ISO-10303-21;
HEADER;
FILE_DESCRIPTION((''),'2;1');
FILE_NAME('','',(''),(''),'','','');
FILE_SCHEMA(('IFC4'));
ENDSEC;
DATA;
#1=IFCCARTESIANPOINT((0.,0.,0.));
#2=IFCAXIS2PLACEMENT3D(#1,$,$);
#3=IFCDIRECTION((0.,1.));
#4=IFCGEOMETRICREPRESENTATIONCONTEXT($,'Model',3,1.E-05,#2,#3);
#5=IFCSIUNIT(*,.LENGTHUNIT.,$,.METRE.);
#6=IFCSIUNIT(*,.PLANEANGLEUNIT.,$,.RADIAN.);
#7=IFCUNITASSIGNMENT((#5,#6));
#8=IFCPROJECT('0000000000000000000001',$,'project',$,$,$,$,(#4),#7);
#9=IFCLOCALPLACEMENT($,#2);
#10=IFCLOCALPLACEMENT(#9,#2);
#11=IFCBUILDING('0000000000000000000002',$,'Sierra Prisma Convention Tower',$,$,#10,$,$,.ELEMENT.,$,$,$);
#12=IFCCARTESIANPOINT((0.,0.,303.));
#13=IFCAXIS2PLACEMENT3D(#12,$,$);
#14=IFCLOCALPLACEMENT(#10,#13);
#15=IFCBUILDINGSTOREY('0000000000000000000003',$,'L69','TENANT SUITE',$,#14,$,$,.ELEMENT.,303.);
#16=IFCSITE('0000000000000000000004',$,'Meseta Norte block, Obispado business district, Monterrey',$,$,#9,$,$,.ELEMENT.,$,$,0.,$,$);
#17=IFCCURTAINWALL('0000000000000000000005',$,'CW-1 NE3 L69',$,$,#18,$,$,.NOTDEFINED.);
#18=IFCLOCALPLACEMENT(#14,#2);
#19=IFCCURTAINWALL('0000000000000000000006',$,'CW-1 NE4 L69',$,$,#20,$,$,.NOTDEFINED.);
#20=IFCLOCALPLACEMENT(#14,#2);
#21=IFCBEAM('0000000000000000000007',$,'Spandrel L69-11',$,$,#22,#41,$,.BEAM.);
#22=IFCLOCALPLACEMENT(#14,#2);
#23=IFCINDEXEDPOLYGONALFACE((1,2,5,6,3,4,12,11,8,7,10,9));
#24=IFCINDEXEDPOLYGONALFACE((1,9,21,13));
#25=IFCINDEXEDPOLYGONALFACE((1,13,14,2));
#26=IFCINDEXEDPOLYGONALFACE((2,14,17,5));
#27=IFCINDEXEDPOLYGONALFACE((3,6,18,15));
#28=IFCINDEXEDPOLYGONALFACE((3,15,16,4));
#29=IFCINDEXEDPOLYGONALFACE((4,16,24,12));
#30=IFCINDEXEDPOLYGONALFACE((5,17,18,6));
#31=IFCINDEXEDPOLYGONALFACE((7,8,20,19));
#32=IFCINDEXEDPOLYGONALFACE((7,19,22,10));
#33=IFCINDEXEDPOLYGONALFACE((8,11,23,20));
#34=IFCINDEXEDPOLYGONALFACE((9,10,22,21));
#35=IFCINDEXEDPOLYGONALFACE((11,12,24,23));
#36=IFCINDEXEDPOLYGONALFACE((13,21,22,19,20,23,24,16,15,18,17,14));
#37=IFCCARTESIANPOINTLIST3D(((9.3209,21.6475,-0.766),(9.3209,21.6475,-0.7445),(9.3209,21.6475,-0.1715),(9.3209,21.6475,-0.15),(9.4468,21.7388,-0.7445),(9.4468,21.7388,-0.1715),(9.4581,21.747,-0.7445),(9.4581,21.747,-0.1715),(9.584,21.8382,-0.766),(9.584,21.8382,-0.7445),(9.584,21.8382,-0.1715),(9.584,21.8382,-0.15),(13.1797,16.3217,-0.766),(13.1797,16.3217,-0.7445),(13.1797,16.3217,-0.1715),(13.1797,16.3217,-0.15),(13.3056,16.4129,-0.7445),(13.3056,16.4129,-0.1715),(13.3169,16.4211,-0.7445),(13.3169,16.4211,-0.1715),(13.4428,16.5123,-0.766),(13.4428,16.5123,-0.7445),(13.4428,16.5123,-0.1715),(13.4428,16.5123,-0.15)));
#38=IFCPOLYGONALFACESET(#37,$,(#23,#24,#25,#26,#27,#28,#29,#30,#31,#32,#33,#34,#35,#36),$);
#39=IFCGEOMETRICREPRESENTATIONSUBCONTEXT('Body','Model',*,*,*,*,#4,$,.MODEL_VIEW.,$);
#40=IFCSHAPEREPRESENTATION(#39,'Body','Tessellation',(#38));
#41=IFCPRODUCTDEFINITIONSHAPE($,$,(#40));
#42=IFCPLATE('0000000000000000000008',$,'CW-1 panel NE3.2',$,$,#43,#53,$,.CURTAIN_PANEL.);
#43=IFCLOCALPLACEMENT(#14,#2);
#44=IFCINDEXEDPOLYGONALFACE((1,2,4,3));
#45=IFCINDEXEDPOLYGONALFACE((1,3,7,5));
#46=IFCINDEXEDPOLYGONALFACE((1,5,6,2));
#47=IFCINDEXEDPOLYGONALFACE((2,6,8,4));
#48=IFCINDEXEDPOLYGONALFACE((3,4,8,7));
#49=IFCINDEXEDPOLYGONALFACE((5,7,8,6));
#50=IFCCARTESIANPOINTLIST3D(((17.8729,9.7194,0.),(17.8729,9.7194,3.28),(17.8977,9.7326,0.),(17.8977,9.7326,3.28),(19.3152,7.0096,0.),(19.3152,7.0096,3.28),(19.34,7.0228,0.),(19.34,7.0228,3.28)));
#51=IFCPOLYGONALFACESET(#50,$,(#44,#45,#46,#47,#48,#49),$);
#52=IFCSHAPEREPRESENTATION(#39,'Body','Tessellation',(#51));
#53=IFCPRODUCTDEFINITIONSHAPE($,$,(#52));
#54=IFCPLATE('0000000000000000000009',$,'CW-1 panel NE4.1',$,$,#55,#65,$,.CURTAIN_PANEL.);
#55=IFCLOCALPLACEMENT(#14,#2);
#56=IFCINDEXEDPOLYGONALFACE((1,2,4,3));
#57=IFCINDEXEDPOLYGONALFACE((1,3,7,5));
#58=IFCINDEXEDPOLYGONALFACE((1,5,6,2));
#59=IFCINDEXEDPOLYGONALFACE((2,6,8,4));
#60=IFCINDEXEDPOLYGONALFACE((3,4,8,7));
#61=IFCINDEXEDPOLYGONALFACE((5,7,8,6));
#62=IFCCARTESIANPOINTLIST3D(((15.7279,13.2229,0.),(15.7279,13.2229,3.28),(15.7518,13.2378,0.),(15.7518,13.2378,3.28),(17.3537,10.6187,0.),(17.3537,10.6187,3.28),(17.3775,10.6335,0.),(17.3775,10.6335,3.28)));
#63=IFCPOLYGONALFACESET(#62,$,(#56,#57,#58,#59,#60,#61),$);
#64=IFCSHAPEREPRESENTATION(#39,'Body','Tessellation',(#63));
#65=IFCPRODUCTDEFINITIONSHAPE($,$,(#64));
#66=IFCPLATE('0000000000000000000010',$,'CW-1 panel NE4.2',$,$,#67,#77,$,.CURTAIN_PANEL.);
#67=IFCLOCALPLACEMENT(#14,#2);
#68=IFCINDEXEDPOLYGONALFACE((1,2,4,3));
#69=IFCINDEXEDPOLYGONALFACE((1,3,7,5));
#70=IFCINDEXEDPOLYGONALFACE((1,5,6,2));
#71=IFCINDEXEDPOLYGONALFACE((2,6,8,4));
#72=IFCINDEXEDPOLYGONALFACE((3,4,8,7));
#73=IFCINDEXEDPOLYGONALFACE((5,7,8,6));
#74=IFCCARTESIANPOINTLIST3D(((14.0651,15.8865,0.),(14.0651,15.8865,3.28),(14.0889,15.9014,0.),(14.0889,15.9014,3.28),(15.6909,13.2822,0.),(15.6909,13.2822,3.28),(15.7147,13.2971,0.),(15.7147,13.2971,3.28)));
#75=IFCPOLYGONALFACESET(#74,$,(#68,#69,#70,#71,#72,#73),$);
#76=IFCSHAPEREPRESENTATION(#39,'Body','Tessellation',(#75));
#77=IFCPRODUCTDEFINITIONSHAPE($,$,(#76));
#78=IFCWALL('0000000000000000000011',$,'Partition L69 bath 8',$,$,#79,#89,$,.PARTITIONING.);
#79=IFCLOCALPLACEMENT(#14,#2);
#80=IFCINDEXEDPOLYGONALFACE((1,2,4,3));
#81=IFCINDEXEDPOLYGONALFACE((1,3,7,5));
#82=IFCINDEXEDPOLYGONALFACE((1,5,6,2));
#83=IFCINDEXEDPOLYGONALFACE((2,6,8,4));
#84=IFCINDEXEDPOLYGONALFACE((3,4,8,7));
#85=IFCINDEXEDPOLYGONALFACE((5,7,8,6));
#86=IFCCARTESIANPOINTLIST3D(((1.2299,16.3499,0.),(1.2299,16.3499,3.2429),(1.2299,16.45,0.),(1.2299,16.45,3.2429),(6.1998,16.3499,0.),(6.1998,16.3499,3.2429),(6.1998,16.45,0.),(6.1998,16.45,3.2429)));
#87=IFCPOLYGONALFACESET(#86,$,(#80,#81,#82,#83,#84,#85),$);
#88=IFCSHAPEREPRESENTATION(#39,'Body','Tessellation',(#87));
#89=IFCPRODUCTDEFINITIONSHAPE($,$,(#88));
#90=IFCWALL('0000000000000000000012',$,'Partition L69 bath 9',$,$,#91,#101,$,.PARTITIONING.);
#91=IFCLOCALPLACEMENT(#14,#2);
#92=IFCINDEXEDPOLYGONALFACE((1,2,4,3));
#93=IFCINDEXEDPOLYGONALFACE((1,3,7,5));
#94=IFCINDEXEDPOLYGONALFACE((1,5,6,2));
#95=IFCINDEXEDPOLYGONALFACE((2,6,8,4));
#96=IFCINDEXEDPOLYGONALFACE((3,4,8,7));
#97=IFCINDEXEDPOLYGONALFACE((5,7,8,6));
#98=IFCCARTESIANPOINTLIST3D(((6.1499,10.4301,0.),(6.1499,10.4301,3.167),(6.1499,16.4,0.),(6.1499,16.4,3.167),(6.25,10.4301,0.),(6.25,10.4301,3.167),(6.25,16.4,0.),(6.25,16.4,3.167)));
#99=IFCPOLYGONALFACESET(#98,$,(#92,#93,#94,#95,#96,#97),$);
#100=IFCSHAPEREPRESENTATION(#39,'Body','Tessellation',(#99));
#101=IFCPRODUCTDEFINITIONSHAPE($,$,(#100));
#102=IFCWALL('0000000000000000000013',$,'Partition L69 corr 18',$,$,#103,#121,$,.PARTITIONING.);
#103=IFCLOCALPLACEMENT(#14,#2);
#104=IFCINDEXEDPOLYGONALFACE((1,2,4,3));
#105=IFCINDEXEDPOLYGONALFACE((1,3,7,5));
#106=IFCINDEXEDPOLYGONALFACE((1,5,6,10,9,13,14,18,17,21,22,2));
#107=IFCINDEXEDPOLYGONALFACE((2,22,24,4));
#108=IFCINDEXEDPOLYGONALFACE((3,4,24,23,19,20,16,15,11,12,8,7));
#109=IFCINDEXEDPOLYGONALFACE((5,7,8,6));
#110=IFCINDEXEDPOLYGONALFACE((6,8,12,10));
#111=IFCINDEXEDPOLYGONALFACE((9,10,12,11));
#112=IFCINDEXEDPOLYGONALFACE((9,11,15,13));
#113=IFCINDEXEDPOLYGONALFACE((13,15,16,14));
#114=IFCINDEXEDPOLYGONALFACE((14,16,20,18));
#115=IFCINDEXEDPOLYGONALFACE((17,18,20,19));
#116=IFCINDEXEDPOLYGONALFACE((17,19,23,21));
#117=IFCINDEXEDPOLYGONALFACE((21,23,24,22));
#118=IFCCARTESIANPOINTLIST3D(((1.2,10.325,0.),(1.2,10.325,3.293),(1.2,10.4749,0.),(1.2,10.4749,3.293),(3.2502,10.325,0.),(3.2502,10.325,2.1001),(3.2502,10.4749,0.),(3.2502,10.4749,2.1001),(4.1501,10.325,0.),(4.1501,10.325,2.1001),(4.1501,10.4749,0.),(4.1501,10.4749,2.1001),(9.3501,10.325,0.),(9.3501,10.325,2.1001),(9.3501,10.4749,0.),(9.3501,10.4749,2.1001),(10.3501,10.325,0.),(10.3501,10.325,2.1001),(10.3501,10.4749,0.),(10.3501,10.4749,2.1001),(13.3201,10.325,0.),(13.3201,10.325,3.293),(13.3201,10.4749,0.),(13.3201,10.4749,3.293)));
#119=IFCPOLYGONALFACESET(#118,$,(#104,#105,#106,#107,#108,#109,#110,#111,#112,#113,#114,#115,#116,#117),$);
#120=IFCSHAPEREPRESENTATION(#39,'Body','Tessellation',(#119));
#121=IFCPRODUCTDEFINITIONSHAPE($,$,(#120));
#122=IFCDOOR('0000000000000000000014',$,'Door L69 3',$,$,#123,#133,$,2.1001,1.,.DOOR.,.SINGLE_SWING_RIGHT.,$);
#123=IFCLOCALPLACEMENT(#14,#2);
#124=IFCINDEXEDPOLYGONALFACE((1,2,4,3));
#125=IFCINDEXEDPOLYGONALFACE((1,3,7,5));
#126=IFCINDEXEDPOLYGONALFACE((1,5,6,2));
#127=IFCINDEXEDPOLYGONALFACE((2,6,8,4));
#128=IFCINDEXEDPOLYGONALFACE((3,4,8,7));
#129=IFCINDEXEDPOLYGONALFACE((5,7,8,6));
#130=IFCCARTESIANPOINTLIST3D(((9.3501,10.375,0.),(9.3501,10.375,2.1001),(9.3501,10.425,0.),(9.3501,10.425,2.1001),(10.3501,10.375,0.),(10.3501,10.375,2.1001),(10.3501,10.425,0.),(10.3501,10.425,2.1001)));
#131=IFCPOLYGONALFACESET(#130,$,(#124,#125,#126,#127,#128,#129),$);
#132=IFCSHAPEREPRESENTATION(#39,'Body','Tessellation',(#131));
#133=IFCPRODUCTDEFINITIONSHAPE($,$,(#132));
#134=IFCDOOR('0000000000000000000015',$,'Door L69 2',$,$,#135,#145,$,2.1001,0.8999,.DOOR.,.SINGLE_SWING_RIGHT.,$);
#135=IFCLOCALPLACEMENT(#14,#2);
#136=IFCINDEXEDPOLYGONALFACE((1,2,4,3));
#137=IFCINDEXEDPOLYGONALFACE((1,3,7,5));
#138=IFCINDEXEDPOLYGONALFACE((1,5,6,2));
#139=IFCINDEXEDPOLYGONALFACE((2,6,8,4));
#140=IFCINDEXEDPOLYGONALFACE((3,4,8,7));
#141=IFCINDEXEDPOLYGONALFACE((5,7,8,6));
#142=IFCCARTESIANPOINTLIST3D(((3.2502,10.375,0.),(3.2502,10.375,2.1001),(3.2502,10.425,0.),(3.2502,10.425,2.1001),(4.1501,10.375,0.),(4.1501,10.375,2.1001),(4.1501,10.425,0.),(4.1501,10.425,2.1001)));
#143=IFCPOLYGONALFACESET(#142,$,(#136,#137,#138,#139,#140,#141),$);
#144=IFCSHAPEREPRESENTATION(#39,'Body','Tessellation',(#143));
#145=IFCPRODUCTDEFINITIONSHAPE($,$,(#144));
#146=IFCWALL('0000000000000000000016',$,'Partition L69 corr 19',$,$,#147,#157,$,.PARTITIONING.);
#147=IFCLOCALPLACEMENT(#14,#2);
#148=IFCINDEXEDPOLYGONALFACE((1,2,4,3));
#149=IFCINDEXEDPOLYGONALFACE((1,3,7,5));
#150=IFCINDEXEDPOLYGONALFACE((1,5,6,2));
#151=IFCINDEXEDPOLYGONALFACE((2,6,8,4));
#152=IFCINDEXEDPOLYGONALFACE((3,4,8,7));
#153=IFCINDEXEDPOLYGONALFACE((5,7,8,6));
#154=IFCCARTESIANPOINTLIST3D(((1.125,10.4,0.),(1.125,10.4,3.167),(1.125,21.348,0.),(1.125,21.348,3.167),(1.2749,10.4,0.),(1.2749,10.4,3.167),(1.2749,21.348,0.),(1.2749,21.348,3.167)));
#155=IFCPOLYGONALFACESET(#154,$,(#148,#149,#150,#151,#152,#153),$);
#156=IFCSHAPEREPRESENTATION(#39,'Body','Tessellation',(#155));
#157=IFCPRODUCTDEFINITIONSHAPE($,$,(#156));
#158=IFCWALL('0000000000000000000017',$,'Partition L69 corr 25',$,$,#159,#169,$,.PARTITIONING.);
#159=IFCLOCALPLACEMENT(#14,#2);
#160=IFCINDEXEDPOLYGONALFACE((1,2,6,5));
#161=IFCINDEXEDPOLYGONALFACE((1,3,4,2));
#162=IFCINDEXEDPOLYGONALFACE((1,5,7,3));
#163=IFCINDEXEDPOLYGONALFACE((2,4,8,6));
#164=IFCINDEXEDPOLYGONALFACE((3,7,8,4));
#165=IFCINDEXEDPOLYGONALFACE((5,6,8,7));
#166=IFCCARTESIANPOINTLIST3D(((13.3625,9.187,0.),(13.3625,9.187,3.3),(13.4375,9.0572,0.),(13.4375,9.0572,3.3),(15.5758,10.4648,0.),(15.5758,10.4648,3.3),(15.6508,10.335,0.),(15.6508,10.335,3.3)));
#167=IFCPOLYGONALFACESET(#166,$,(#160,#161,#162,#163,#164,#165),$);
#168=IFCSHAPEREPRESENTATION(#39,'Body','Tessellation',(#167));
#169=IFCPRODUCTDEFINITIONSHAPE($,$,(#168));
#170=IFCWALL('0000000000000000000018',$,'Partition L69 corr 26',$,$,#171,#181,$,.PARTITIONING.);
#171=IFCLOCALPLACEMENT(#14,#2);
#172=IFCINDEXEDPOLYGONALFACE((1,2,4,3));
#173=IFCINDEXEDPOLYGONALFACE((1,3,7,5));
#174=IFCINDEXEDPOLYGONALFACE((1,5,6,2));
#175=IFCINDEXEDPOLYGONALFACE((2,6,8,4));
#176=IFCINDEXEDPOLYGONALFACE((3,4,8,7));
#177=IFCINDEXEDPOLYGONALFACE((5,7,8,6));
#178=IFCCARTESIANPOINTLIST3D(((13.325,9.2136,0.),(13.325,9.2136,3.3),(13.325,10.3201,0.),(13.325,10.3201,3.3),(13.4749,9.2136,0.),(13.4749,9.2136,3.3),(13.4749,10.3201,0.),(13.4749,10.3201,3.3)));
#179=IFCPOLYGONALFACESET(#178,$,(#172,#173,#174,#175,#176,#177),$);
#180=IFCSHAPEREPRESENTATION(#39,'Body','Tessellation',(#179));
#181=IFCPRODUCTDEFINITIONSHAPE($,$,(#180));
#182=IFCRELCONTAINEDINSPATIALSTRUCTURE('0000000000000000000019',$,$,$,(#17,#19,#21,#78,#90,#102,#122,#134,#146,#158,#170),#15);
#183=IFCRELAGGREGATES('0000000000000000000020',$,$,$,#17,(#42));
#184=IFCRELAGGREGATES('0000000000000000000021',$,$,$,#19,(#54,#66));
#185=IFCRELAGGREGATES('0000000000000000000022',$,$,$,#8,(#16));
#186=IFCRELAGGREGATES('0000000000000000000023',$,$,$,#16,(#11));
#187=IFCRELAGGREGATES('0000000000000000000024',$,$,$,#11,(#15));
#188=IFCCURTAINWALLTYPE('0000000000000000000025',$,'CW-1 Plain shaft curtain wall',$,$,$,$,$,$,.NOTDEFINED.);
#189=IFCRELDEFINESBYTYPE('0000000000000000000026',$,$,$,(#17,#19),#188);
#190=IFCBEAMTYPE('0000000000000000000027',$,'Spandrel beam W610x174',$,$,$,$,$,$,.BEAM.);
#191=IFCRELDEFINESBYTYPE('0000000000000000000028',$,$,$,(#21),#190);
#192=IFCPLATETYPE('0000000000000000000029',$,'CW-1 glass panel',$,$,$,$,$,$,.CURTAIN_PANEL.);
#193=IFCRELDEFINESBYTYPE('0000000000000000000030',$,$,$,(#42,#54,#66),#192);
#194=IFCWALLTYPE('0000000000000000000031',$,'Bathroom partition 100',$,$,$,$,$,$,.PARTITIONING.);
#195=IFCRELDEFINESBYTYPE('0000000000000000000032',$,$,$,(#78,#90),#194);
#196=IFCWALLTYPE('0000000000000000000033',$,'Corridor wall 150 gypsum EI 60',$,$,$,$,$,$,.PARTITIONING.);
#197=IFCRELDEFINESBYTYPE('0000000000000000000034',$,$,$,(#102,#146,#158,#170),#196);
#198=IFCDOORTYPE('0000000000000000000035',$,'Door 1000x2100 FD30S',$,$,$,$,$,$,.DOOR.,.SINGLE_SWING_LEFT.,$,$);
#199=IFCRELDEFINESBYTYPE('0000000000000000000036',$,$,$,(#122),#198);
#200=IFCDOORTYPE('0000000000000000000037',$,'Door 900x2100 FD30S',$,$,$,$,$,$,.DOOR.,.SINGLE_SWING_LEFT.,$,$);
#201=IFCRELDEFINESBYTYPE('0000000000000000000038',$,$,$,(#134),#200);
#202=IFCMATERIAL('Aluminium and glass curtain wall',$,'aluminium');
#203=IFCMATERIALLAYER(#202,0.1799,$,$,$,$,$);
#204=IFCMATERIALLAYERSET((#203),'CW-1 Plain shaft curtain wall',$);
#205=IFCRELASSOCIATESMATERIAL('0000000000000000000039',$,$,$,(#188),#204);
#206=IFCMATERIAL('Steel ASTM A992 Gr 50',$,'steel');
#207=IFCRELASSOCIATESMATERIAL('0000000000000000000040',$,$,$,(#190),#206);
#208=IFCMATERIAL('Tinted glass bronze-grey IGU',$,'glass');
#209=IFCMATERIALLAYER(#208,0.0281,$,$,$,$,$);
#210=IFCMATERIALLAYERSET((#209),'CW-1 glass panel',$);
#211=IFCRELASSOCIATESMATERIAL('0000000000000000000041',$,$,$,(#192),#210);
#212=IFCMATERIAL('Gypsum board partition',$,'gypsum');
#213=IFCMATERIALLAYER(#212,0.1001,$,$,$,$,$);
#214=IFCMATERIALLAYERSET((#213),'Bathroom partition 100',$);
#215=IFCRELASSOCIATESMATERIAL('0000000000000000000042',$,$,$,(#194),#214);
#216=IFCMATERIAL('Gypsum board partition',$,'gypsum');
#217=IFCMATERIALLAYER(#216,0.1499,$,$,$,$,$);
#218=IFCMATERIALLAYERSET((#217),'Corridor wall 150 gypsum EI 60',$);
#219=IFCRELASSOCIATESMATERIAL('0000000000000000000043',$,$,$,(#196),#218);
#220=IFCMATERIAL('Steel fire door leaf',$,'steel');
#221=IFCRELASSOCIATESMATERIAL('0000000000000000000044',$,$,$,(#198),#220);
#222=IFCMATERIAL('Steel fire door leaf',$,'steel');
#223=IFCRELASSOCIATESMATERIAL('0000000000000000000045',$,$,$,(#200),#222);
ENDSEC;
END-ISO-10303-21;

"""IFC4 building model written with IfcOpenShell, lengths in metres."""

from ifc_helpers import new_model, si_unit, direction, frame, frame_2d, origin, origin_2d, place, context, subcontext, project, spatial, rectangle, i_section, extrude, material, layer, layer_set, material_profile, profile_set, type_object, element, fill, aggregate, save


model = new_model("IFC4")

# Units and contexts
model_context = context("Model", 3, precision=1e-05, world=origin(), true_north=direction((0.0, 1.0)))
body_context = subcontext(model_context, "Body", "Model", "MODEL_VIEW")
ifc_project = project(units=[si_unit("LENGTHUNIT", "METRE"), si_unit("PLANEANGLEUNIT", "RADIAN")], contexts=[model_context])

# Site, building, storey
site_placement = place(None, origin())
site = spatial("IfcSite", under=ifc_project, at=site_placement, Name="Meseta Norte block, Obispado business district, Monterrey", CompositionType="ELEMENT", RefElevation=0.0)
building_placement = place(site_placement, origin())
building = spatial("IfcBuilding", under=site, at=building_placement, Name="Sierra Prisma Convention Tower", CompositionType="ELEMENT")
storey_placement = place(building_placement, frame((0.0, 0.0, 303.0)))
storey = spatial("IfcBuildingStorey", under=building, at=storey_placement, Name="L69", Description="TENANT SUITE", CompositionType="ELEMENT", Elevation=303.0)

# Curtain wall
ifc_material_1 = material(Name="Aluminium and glass curtain wall", Category="aluminium")
ifc_layer_1 = layer(ifc_material_1, 0.1799)
ifc_layer_set_1 = layer_set([ifc_layer_1], Name="CW-1 Plain shaft curtain wall")
curtain_wall_type = type_object("IfcCurtainWallType", Name="CW-1 Plain shaft curtain wall", PredefinedType="NOTDEFINED", material=ifc_layer_set_1)
curtain_wall_1_placement = place(storey_placement, origin())
curtain_wall_1 = element("IfcCurtainWall", 1, at=curtain_wall_1_placement, inside=storey, type_object=curtain_wall_type, Name="CW-1 NE3 L69", PredefinedType="NOTDEFINED")

# Curtain wall
curtain_wall_2_placement = place(storey_placement, origin())
curtain_wall_2 = element("IfcCurtainWall", 2, at=curtain_wall_2_placement, inside=storey, type_object=curtain_wall_type, Name="CW-1 NE4 L69", PredefinedType="NOTDEFINED")

# Beam
ifc_material_2 = material(Name="Steel ASTM A992 Gr 50", Category="steel")
ifc_material_profile_1 = material_profile(ifc_material_2, i_section(OverallWidth=0.325, OverallDepth=0.616, WebThickness=0.0139, FlangeThickness=0.0215, at=origin_2d()), Name="W610x174")
ifc_profile_set_1 = profile_set([ifc_material_profile_1], Name="Steel ASTM A992 Gr 50")
beam_type_1 = type_object("IfcBeamType", Name="Spandrel beam W610x174", PredefinedType="BEAM", material=ifc_profile_set_1)
beam_1_placement = place(storey_placement, frame((13.3113, 16.417, -0.458), z_axis=(-0.586727, 0.809785, 0.0), x_axis=(-0.809785, -0.586727, 0.0)))
element("IfcBeam", 3, at=beam_1_placement, inside=storey, type_object=beam_type_1, Name="Spandrel L69-11", PredefinedType="BEAM", context=body_context, shape_type="SweptSolid", body=[
    extrude(i_section(OverallWidth=0.325, OverallDepth=0.616, WebThickness=0.0139, FlangeThickness=0.0215, at=origin_2d()), origin(), (0.0, 0.0, 1.0), 6.5769),
])

# Plates
ifc_material_3 = material(Name="Tinted glass bronze-grey IGU", Category="glass")
ifc_layer_2 = layer(ifc_material_3, 0.0281)
ifc_layer_set_2 = layer_set([ifc_layer_2], Name="CW-1 glass panel")
plate_type = type_object("IfcPlateType", Name="CW-1 glass panel", PredefinedType="CURTAIN_PANEL", material=ifc_layer_set_2)
plate_1_placement = place(storey_placement, frame((18.6064, 8.3711, 0.0), z_axis=(0.0, 0.0, 1.0), x_axis=(-0.469851, 0.882746, 0.0)))
plate_1 = element("IfcPlate", 4, at=plate_1_placement, type_object=plate_type, Name="CW-1 panel NE3.2", PredefinedType="CURTAIN_PANEL", context=body_context, shape_type="SweptSolid", body=[
    extrude(rectangle(XDim=3.0698, YDim=0.0281, at=origin_2d()), origin(), (0.0, 0.0, 1.0), 3.28),
])
aggregate(curtain_wall_1, [plate_1])
plate_2_placement = place(storey_placement, frame((16.5527, 11.9282, 0.0), z_axis=(0.0, 0.0, 1.0), x_axis=(-0.529555, 0.848276, 0.0)))
plate_2 = element("IfcPlate", 5, at=plate_2_placement, type_object=plate_type, Name="CW-1 panel NE4.1", PredefinedType="CURTAIN_PANEL", context=body_context, shape_type="SweptSolid", body=[
    extrude(rectangle(XDim=3.0701, YDim=0.0281, at=origin_2d()), origin(), (0.0, 0.0, 1.0), 3.28),
])
plate_3_placement = place(storey_placement, frame((14.8899, 14.5918, 0.0), z_axis=(0.0, 0.0, 1.0), x_axis=(-0.529555, 0.848276, 0.0)))
plate_3 = element("IfcPlate", 6, at=plate_3_placement, type_object=plate_type, Name="CW-1 panel NE4.2", PredefinedType="CURTAIN_PANEL", context=body_context, shape_type="SweptSolid", body=[
    extrude(rectangle(XDim=3.0701, YDim=0.0281, at=origin_2d()), origin(), (0.0, 0.0, 1.0), 3.28),
])
aggregate(curtain_wall_2, [plate_2, plate_3])

# Walls
ifc_material_4 = material(Name="Gypsum board partition", Category="gypsum")
ifc_layer_3 = layer(ifc_material_4, 0.1001)
ifc_layer_set_3 = layer_set([ifc_layer_3], Name="Bathroom partition 100")
wall_type_1 = type_object("IfcWallType", Name="Bathroom partition 100", PredefinedType="PARTITIONING", material=ifc_layer_set_3)
wall_1_placement = place(storey_placement, frame((1.23, 16.3999, 0.0), z_axis=(0.0, 0.0, 1.0), x_axis=(1.0, 0.0, 0.0)))
element("IfcWall", 7, at=wall_1_placement, inside=storey, type_object=wall_type_1, Name="Partition L69 bath 8", PredefinedType="PARTITIONING", context=body_context, shape_type="SweptSolid", body=[
    extrude(rectangle(XDim=4.97, YDim=0.1001, at=frame_2d((2.4849, 0.0))), origin(), (0.0, 0.0, 1.0), 3.2429),
])
wall_2_placement = place(storey_placement, frame((6.2, 16.3999, 0.0), z_axis=(0.0, 0.0, 1.0), x_axis=(0.0, -1.0, 0.0)))
element("IfcWall", 8, at=wall_2_placement, inside=storey, type_object=wall_type_1, Name="Partition L69 bath 9", PredefinedType="PARTITIONING", context=body_context, shape_type="SweptSolid", body=[
    extrude(rectangle(XDim=5.97, YDim=0.1001, at=frame_2d((2.9849, 0.0))), origin(), (0.0, 0.0, 1.0), 3.167),
])

# Wall, openings, doors
ifc_material_5 = material(Name="Gypsum board partition", Category="gypsum")
ifc_layer_4 = layer(ifc_material_5, 0.1499)
ifc_layer_set_4 = layer_set([ifc_layer_4], Name="Corridor wall 150 gypsum EI 60")
wall_type_2 = type_object("IfcWallType", Name="Corridor wall 150 gypsum EI 60", PredefinedType="PARTITIONING", material=ifc_layer_set_4)
wall_3_placement = place(storey_placement, frame((13.3201, 10.3999, 0.0), z_axis=(0.0, 0.0, 1.0), x_axis=(-1.0, 0.0, 0.0)))
wall_3 = element("IfcWall", 9, at=wall_3_placement, inside=storey, type_object=wall_type_2, Name="Partition L69 corr 18", PredefinedType="PARTITIONING", context=body_context, shape_type="SweptSolid", body=[
    extrude(rectangle(XDim=12.1201, YDim=0.1499, at=frame_2d((6.0601, 0.0))), origin(), (0.0, 0.0, 1.0), 3.293),
])
opening_1_placement = place(wall_3_placement, frame((9.1699, 0.0, 0.0)))
opening_1 = element("IfcOpeningElement", 10, at=opening_1_placement, cuts=wall_3, PredefinedType="OPENING", context=body_context, shape_type="SweptSolid", body=[
    extrude(rectangle(XDim=0.8999, YDim=2.1001, at=frame_2d((0.45, 1.05))), frame((0.0, 0.075, 0.0), z_axis=(0.0, -1.0, 0.0), x_axis=(1.0, 0.0, 0.0)), (0.0, 0.0, 1.0), 0.1499),
])
opening_2_placement = place(wall_3_placement, frame((2.97, 0.0, 0.0)))
opening_2 = element("IfcOpeningElement", 11, at=opening_2_placement, cuts=wall_3, PredefinedType="OPENING", context=body_context, shape_type="SweptSolid", body=[
    extrude(rectangle(XDim=1.0, YDim=2.1001, at=frame_2d((0.5, 1.05))), frame((0.0, 0.075, 0.0), z_axis=(0.0, -1.0, 0.0), x_axis=(1.0, 0.0, 0.0)), (0.0, 0.0, 1.0), 0.1499),
])
ifc_material_6 = material(Name="Steel fire door leaf", Category="steel")
door_type_1 = type_object("IfcDoorType", Name="Door 1000x2100 FD30S", OperationType="SINGLE_SWING_LEFT", PredefinedType="DOOR", material=ifc_material_6)
door_1_placement = place(opening_2_placement, origin())
door_1 = element("IfcDoor", 12, at=door_1_placement, inside=storey, type_object=door_type_1, Name="Door L69 3", OperationType="SINGLE_SWING_RIGHT", OverallHeight=2.1001, OverallWidth=1.0, PredefinedType="DOOR", context=body_context, shape_type="SweptSolid", body=[
    extrude(rectangle(XDim=1.0, YDim=2.1001, at=frame_2d((0.5, 1.05))), frame((0.0, 0.0249, 0.0), z_axis=(0.0, -1.0, 0.0), x_axis=(1.0, 0.0, 0.0)), (0.0, 0.0, 1.0), 0.05),
])
fill(opening_2, door_1)
ifc_material_7 = material(Name="Steel fire door leaf", Category="steel")
door_type_2 = type_object("IfcDoorType", Name="Door 900x2100 FD30S", OperationType="SINGLE_SWING_LEFT", PredefinedType="DOOR", material=ifc_material_7)
door_2_placement = place(opening_1_placement, origin())
door_2 = element("IfcDoor", 13, at=door_2_placement, inside=storey, type_object=door_type_2, Name="Door L69 2", OperationType="SINGLE_SWING_RIGHT", OverallHeight=2.1001, OverallWidth=0.8999, PredefinedType="DOOR", context=body_context, shape_type="SweptSolid", body=[
    extrude(rectangle(XDim=0.8999, YDim=2.1001, at=frame_2d((0.45, 1.05))), frame((0.0, 0.0249, 0.0), z_axis=(0.0, -1.0, 0.0), x_axis=(1.0, 0.0, 0.0)), (0.0, 0.0, 1.0), 0.05),
])
fill(opening_1, door_2)

# Walls
wall_4_placement = place(storey_placement, frame((1.2, 10.3999, 0.0), z_axis=(0.0, 0.0, 1.0), x_axis=(0.0, 1.0, 0.0)))
element("IfcWall", 14, at=wall_4_placement, inside=storey, type_object=wall_type_2, Name="Partition L69 corr 19", PredefinedType="PARTITIONING", context=body_context, shape_type="SweptSolid", body=[
    extrude(rectangle(XDim=10.948, YDim=0.1499, at=frame_2d((5.4741, 0.0))), origin(), (0.0, 0.0, 1.0), 3.167),
])
wall_5_placement = place(storey_placement, frame((15.6133, 10.3999, 0.0), z_axis=(0.0, 0.0, 1.0), x_axis=(-0.866036, -0.499982, 0.0)))
element("IfcWall", 15, at=wall_5_placement, inside=storey, type_object=wall_type_2, Name="Partition L69 corr 25", PredefinedType="PARTITIONING", context=body_context, shape_type="SweptSolid", body=[
    extrude(rectangle(XDim=2.5557, YDim=0.1499, at=frame_2d((1.2778, 0.0))), origin(), (0.0, 0.0, 1.0), 3.3),
])
wall_6_placement = place(storey_placement, frame((13.3999, 9.2136, 0.0), z_axis=(0.0, 0.0, 1.0), x_axis=(0.0, 1.0, 0.0)))
element("IfcWall", 16, at=wall_6_placement, inside=storey, type_object=wall_type_2, Name="Partition L69 corr 26", PredefinedType="PARTITIONING", context=body_context, shape_type="SweptSolid", body=[
    extrude(rectangle(XDim=1.1064, YDim=0.1499, at=frame_2d((0.5532, 0.0))), origin(), (0.0, 0.0, 1.0), 3.3),
])

save(model, "model.ifc")
